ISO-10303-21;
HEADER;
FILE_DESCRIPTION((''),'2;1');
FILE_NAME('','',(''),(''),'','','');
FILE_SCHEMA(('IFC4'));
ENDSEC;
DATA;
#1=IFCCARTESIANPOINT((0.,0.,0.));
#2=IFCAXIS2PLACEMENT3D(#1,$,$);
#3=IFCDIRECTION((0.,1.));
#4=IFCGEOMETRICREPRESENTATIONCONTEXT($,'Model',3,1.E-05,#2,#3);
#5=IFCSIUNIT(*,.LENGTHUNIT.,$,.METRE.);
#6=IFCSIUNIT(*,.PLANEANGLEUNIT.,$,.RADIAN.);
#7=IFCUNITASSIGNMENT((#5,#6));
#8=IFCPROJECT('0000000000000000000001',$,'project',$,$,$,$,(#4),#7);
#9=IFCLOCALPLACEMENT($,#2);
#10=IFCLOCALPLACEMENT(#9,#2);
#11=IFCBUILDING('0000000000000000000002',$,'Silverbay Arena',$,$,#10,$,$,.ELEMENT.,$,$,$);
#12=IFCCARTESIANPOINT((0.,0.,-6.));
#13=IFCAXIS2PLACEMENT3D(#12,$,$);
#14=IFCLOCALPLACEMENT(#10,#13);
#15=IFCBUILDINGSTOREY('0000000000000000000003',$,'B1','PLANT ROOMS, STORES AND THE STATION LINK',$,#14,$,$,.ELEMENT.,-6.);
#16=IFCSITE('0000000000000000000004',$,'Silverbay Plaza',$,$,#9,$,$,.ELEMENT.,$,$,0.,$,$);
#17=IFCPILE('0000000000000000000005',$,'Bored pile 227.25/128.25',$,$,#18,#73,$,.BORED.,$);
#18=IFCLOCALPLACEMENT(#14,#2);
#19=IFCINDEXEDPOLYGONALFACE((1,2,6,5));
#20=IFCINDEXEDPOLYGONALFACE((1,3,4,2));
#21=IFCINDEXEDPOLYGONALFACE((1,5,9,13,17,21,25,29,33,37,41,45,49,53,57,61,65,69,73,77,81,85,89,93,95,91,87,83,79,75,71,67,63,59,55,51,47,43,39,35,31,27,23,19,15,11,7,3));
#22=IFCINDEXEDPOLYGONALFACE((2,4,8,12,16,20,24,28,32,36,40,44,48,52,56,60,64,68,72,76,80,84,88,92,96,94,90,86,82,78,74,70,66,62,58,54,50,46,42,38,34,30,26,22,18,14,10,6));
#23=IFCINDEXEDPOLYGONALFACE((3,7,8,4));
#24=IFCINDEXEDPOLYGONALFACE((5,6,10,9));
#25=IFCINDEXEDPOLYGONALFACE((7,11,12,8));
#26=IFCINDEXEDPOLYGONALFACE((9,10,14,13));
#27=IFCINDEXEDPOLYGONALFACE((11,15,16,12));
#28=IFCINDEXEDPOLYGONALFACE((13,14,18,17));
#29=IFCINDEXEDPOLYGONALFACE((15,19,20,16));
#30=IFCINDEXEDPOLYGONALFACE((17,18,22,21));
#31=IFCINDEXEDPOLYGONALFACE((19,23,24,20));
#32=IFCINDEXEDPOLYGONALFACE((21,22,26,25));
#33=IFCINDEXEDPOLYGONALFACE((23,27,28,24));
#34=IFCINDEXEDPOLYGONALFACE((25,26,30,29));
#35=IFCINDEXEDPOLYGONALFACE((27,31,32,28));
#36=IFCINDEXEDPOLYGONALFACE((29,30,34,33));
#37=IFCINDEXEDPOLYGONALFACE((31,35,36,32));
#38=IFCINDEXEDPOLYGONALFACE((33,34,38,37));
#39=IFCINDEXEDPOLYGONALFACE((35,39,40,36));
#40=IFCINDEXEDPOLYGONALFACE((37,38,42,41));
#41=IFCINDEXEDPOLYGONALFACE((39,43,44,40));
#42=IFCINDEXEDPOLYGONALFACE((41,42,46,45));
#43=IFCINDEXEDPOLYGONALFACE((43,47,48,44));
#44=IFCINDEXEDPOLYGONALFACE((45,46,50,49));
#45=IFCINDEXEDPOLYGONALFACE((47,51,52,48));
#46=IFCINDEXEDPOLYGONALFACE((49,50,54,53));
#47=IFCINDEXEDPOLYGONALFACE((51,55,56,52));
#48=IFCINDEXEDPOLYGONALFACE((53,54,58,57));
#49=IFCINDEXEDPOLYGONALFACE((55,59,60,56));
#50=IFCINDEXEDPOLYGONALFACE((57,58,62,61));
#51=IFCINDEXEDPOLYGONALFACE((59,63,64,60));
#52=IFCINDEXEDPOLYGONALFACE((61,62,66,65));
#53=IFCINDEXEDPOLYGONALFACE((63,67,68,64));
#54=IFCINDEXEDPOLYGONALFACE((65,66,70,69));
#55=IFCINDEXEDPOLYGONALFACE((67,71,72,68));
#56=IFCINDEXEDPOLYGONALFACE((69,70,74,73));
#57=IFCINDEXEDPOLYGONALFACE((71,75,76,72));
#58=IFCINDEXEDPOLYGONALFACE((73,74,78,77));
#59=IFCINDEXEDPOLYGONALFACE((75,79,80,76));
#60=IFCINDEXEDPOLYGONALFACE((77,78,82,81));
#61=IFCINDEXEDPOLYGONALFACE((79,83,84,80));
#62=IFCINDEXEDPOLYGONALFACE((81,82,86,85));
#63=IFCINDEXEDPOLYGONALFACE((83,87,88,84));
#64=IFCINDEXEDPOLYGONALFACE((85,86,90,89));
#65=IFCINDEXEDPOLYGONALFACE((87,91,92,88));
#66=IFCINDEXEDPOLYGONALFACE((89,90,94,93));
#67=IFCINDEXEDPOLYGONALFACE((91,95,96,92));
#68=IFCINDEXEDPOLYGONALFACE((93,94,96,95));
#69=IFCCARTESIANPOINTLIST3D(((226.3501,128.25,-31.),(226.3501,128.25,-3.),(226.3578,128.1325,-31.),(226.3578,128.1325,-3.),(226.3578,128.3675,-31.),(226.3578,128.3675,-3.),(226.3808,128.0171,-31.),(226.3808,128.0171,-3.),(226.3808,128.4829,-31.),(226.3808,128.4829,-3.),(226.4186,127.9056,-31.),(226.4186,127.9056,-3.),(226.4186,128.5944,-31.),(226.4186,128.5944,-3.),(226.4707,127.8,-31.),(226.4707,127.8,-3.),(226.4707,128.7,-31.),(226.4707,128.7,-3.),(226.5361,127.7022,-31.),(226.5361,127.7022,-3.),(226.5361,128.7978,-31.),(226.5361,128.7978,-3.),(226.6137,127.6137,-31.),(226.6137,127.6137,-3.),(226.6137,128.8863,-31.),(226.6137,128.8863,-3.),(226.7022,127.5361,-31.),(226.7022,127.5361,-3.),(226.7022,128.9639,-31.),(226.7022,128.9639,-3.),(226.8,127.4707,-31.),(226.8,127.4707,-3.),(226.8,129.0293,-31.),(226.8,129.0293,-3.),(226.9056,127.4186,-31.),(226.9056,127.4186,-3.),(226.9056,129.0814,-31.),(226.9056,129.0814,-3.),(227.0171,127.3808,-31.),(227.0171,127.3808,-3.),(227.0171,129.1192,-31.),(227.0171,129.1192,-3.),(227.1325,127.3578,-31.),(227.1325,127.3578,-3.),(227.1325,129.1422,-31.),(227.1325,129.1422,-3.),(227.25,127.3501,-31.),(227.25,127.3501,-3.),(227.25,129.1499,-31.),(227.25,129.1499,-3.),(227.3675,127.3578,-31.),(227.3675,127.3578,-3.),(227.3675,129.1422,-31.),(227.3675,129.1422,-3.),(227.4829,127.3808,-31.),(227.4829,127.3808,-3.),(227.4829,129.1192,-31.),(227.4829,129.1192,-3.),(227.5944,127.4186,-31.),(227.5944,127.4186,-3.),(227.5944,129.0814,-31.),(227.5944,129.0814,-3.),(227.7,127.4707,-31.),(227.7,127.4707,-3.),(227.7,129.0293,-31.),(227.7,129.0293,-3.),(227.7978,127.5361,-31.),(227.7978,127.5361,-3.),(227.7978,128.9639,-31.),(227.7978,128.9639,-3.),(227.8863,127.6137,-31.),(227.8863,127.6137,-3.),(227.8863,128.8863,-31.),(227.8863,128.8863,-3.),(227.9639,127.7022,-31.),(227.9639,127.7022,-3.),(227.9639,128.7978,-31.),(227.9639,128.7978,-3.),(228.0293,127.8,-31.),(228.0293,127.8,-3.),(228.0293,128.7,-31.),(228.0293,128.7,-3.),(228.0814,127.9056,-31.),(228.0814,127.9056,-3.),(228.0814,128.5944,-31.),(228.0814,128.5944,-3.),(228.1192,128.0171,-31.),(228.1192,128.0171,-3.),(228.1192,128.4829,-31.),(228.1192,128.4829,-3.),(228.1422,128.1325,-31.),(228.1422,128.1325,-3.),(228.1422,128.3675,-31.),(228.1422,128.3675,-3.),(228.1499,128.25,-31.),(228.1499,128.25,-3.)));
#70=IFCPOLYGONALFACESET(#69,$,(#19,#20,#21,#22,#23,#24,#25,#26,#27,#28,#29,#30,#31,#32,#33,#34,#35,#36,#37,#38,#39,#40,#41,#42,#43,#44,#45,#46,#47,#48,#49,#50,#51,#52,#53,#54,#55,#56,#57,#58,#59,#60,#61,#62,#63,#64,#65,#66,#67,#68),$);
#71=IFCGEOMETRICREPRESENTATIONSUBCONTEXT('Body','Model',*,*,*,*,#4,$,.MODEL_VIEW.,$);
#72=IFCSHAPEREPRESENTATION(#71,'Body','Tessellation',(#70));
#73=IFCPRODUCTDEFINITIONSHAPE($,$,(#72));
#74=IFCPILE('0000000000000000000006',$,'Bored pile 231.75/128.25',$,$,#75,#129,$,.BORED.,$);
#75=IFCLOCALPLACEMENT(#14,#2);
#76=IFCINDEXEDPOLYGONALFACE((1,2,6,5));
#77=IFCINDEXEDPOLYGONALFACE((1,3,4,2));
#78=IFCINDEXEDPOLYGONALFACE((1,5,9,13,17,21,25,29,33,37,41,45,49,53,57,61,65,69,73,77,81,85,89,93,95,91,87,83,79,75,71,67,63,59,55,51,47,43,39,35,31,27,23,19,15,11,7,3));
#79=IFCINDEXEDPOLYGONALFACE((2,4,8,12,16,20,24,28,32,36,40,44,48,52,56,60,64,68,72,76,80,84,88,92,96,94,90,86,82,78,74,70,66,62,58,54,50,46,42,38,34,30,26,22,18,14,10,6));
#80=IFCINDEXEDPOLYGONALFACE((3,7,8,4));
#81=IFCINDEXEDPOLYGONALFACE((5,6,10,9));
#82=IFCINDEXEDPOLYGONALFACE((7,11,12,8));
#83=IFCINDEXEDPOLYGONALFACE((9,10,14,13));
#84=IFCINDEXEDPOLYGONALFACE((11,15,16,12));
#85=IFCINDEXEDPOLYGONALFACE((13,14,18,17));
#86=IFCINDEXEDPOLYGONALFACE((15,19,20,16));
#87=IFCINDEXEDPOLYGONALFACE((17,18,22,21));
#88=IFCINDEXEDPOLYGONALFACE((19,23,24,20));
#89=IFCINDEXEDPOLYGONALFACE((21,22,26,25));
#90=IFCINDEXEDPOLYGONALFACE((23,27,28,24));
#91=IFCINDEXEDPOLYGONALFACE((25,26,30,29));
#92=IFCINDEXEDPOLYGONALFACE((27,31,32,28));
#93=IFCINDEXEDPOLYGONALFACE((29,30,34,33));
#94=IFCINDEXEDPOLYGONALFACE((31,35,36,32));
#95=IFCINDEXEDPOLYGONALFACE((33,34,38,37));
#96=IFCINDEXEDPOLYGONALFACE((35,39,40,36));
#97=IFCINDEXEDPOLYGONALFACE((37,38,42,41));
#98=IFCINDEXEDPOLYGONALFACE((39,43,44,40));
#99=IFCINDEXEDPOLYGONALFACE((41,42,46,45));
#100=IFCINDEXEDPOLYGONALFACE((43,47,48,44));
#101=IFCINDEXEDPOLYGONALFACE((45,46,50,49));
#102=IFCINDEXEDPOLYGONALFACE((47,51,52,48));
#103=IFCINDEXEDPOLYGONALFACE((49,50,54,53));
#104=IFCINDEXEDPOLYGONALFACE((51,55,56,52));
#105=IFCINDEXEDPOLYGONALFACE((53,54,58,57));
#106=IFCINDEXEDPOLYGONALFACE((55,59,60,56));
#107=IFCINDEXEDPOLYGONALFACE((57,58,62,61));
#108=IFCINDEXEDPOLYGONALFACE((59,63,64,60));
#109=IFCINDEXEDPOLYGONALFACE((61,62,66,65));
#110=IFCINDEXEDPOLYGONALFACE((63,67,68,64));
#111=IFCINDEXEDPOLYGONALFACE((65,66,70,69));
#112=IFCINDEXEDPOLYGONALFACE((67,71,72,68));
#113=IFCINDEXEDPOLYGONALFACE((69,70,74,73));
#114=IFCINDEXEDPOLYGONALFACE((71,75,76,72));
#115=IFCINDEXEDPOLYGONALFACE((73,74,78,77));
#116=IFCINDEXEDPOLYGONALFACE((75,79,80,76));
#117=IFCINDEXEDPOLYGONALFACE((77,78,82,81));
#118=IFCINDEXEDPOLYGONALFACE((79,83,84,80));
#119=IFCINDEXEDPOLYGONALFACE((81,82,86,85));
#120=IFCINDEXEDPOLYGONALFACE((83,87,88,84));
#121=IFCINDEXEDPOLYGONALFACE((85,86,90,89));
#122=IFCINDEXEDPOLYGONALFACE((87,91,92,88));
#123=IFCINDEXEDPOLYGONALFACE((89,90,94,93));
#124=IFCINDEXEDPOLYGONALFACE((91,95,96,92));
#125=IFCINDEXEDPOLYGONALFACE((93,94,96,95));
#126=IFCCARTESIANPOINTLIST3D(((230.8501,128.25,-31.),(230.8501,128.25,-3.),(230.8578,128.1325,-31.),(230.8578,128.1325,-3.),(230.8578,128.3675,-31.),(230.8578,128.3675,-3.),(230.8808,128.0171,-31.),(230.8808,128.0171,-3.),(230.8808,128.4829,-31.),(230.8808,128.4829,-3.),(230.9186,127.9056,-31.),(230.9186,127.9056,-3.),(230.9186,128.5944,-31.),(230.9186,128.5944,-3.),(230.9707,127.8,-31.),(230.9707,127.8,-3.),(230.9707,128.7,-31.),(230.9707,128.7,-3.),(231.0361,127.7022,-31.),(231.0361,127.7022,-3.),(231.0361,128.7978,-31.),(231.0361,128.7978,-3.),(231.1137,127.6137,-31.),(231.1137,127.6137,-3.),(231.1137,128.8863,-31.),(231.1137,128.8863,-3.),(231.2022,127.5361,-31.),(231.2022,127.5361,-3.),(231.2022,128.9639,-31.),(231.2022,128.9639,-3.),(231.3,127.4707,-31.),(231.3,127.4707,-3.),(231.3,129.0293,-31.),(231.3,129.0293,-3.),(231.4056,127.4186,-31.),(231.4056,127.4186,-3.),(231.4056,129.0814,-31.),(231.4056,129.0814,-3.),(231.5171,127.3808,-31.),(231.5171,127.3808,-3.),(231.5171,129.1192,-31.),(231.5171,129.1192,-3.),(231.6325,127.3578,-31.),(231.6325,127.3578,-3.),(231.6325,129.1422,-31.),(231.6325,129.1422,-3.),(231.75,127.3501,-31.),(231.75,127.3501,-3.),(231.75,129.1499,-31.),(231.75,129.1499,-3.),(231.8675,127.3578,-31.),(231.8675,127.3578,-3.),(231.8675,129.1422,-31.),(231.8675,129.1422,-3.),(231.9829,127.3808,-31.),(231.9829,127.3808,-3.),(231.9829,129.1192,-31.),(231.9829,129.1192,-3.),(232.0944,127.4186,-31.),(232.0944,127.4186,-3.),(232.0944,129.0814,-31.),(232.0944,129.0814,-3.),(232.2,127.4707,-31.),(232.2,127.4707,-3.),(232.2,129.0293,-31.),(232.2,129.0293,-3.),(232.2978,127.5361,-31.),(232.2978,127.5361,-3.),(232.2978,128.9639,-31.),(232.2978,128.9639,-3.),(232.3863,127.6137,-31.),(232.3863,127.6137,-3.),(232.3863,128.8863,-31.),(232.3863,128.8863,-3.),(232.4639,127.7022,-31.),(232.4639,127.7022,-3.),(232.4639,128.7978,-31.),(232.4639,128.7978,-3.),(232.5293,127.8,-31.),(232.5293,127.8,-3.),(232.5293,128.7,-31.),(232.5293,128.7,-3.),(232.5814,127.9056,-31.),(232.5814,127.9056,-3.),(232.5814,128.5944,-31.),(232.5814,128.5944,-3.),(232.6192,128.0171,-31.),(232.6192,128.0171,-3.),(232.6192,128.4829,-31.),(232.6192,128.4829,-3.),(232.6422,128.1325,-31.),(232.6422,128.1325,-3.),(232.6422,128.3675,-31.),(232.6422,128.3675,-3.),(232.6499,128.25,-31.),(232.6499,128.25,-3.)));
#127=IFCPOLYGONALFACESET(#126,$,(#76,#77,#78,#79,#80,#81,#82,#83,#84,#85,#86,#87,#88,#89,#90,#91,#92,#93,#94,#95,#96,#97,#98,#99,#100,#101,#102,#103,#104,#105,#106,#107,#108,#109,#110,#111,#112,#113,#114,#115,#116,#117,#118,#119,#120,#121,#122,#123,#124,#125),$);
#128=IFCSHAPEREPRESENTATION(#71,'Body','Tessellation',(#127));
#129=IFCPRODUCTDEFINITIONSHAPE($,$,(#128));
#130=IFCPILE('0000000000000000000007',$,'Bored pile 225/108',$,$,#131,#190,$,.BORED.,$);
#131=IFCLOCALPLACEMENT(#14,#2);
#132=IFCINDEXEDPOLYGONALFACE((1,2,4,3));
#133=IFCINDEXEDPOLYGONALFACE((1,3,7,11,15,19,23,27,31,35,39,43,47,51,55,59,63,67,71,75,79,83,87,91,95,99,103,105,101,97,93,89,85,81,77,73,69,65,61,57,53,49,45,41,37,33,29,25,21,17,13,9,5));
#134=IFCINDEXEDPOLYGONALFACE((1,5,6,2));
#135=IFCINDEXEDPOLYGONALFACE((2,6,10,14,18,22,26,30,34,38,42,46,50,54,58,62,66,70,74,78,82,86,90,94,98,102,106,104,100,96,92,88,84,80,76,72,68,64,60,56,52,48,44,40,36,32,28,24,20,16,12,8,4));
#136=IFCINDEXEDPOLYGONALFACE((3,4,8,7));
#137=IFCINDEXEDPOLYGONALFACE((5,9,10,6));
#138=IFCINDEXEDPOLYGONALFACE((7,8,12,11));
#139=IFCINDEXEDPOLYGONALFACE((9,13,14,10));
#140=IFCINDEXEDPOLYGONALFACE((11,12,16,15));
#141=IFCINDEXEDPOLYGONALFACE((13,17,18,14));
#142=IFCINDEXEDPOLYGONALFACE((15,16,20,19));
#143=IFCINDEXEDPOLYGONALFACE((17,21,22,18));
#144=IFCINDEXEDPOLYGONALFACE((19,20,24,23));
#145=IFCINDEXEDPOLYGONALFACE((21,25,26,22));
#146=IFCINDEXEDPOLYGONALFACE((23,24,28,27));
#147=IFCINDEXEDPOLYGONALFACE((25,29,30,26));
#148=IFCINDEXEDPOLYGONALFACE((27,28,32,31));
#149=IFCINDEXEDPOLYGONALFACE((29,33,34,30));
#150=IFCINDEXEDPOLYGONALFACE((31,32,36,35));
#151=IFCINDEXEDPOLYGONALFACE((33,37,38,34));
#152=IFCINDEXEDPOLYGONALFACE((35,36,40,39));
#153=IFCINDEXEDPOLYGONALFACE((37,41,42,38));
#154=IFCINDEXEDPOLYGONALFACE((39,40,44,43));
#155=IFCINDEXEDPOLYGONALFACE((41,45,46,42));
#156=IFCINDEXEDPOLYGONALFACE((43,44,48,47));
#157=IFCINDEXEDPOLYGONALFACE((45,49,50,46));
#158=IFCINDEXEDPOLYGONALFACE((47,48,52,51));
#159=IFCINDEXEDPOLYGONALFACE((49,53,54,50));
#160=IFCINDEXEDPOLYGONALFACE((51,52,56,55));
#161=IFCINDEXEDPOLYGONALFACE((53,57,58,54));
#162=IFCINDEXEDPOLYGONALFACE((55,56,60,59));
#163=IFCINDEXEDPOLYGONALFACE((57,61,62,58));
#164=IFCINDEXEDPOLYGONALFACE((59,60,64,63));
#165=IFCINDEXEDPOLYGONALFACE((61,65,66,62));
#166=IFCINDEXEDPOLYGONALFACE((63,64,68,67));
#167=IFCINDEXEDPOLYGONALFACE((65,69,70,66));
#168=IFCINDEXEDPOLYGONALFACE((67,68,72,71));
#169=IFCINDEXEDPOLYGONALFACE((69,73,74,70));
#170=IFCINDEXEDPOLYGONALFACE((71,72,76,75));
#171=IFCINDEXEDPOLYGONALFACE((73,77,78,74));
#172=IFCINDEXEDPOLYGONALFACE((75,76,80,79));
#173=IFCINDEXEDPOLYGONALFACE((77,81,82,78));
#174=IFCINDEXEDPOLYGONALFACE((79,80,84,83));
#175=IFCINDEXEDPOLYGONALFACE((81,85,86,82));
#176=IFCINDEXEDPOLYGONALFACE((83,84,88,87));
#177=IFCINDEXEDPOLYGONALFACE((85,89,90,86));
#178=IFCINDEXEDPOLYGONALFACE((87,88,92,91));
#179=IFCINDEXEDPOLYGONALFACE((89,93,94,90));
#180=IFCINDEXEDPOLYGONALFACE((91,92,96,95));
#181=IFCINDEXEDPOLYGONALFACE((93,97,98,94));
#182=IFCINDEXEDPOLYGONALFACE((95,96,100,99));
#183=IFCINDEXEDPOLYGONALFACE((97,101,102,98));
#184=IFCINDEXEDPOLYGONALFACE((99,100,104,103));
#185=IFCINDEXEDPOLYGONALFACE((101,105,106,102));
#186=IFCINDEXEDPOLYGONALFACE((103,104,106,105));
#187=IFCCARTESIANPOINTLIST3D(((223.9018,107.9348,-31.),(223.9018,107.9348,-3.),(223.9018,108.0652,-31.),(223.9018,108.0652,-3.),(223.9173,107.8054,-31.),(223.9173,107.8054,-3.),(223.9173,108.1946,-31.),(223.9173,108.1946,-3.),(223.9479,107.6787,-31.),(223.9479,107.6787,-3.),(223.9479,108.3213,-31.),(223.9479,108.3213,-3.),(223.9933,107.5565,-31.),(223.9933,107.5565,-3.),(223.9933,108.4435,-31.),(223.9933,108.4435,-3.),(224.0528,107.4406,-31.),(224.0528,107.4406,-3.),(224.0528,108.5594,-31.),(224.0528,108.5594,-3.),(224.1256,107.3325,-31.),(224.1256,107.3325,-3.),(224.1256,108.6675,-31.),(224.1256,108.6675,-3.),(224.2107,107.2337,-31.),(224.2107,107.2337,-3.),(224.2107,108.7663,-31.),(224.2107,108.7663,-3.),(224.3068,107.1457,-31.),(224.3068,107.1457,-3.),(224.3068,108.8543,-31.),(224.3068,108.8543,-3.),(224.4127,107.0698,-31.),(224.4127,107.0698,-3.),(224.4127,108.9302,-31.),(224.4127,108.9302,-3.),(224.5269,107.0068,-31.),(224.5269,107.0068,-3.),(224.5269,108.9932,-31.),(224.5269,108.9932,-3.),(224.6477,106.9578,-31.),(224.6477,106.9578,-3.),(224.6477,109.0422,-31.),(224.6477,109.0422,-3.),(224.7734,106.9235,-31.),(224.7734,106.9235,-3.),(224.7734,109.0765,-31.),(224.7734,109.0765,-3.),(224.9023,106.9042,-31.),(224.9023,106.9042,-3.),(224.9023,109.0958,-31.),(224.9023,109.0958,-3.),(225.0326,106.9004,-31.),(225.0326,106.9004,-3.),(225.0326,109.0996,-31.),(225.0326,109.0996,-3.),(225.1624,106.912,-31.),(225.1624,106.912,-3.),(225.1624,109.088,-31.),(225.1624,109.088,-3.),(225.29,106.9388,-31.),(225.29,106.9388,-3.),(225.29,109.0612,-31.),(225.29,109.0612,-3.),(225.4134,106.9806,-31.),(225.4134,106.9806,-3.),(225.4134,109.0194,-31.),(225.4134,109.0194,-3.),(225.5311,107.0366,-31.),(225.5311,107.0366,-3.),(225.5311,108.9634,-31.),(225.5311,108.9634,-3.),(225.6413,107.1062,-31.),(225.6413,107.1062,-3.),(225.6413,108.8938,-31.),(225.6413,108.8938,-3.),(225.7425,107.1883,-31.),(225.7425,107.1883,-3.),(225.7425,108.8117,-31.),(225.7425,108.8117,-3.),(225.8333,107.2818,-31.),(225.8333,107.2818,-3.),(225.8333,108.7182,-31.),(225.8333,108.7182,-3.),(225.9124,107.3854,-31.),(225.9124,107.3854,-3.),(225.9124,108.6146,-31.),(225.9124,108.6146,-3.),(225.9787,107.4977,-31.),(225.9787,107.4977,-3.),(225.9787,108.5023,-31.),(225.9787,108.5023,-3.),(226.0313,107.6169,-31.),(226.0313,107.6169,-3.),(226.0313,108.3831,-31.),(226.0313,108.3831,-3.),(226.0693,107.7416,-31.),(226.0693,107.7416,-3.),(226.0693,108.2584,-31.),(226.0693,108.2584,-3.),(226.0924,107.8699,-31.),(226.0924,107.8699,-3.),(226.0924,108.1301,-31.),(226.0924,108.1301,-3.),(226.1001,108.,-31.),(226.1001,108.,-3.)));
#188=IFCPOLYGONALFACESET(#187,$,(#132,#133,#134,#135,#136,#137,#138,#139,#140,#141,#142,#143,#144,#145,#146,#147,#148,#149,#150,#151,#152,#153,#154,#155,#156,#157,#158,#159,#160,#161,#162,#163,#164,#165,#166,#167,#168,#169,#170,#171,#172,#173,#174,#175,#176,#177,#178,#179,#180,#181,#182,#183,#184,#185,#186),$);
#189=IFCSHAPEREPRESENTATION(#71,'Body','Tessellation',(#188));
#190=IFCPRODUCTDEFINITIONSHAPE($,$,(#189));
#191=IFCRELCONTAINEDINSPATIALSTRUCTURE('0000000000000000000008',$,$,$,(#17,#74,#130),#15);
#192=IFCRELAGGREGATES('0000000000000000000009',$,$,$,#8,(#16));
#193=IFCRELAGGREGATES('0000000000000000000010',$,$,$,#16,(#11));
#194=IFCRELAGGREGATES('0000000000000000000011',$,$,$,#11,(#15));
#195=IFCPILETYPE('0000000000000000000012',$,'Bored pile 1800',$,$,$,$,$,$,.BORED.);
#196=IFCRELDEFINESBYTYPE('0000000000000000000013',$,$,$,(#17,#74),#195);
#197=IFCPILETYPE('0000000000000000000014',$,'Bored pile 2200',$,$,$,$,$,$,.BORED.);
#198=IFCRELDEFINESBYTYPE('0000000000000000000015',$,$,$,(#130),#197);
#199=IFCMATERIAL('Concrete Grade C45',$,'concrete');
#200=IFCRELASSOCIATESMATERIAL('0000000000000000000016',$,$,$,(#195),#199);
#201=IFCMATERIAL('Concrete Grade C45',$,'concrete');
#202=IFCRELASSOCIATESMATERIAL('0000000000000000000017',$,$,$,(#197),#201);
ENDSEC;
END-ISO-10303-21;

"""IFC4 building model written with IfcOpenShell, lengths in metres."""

from ifc_helpers import new_model, si_unit, direction, frame, origin, origin_2d, place, context, subcontext, project, spatial, circle, extrude, material, material_profile, profile_set, type_object, element, save


model = new_model("IFC4")

# Units and contexts
model_context = context("Model", 3, precision=1e-05, world=origin(), true_north=direction((0.0, 1.0)))
body_context = subcontext(model_context, "Body", "Model", "MODEL_VIEW")
ifc_project = project(units=[si_unit("LENGTHUNIT", "METRE"), si_unit("PLANEANGLEUNIT", "RADIAN")], contexts=[model_context])

# Site, building, storey
site_placement = place(None, origin())
site = spatial("IfcSite", under=ifc_project, at=site_placement, Name="Silverbay Plaza", CompositionType="ELEMENT", RefElevation=0.0)
building_placement = place(site_placement, origin())
building = spatial("IfcBuilding", under=site, at=building_placement, Name="Silverbay Arena", CompositionType="ELEMENT")
storey_placement = place(building_placement, frame((0.0, 0.0, -6.0)))
storey = spatial("IfcBuildingStorey", under=building, at=storey_placement, Name="B1", Description="PLANT ROOMS, STORES AND THE STATION LINK", CompositionType="ELEMENT", Elevation=-6.0)

# Piles
ifc_material_1 = material(Name="Concrete Grade C45", Category="concrete")
ifc_material_profile_1 = material_profile(ifc_material_1, circle(Radius=0.8999, at=origin_2d()), Name="Bored pile 1800")
ifc_profile_set_1 = profile_set([ifc_material_profile_1], Name="Concrete Grade C45")
pile_type_1 = type_object("IfcPileType", Name="Bored pile 1800", PredefinedType="BORED", material=ifc_profile_set_1)
for number, where, z_axis, x_axis, name in (
    (1, (227.25, 128.25, -3.0), (0.0, 0.0, -1.0), (1.0, 0.0, 0.0), "Bored pile 227.25/128.25"),
    (2, (231.75, 128.25, -3.0), (0.0, 0.0, -1.0), (1.0, 0.0, 0.0), "Bored pile 231.75/128.25"),
):
    element("IfcPile", number, at=place(storey_placement, frame(where, z_axis=z_axis, x_axis=x_axis)), inside=storey, type_object=pile_type_1, Name=name, PredefinedType="BORED", context=body_context, shape_type="SweptSolid", body=[
        extrude(circle(Radius=0.8999, at=origin_2d()), origin(), (0.0, 0.0, 1.0), 28.0),
    ])
ifc_material_2 = material(Name="Concrete Grade C45", Category="concrete")
ifc_material_profile_2 = material_profile(ifc_material_2, circle(Radius=1.1001, at=origin_2d()), Name="Bored pile 2200")
ifc_profile_set_2 = profile_set([ifc_material_profile_2], Name="Concrete Grade C45")
pile_type_2 = type_object("IfcPileType", Name="Bored pile 2200", PredefinedType="BORED", material=ifc_profile_set_2)
for number, where, z_axis, x_axis, name in (
    (3, (225.0, 108.0, -3.0), (0.0, 0.0, -1.0), (1.0, 0.0, 0.0), "Bored pile 225/108"),
):
    element("IfcPile", number, at=place(storey_placement, frame(where, z_axis=z_axis, x_axis=x_axis)), inside=storey, type_object=pile_type_2, Name=name, PredefinedType="BORED", context=body_context, shape_type="SweptSolid", body=[
        extrude(circle(Radius=1.1001, at=origin_2d()), origin(), (0.0, 0.0, 1.0), 28.0),
    ])

save(model, "model.ifc")
